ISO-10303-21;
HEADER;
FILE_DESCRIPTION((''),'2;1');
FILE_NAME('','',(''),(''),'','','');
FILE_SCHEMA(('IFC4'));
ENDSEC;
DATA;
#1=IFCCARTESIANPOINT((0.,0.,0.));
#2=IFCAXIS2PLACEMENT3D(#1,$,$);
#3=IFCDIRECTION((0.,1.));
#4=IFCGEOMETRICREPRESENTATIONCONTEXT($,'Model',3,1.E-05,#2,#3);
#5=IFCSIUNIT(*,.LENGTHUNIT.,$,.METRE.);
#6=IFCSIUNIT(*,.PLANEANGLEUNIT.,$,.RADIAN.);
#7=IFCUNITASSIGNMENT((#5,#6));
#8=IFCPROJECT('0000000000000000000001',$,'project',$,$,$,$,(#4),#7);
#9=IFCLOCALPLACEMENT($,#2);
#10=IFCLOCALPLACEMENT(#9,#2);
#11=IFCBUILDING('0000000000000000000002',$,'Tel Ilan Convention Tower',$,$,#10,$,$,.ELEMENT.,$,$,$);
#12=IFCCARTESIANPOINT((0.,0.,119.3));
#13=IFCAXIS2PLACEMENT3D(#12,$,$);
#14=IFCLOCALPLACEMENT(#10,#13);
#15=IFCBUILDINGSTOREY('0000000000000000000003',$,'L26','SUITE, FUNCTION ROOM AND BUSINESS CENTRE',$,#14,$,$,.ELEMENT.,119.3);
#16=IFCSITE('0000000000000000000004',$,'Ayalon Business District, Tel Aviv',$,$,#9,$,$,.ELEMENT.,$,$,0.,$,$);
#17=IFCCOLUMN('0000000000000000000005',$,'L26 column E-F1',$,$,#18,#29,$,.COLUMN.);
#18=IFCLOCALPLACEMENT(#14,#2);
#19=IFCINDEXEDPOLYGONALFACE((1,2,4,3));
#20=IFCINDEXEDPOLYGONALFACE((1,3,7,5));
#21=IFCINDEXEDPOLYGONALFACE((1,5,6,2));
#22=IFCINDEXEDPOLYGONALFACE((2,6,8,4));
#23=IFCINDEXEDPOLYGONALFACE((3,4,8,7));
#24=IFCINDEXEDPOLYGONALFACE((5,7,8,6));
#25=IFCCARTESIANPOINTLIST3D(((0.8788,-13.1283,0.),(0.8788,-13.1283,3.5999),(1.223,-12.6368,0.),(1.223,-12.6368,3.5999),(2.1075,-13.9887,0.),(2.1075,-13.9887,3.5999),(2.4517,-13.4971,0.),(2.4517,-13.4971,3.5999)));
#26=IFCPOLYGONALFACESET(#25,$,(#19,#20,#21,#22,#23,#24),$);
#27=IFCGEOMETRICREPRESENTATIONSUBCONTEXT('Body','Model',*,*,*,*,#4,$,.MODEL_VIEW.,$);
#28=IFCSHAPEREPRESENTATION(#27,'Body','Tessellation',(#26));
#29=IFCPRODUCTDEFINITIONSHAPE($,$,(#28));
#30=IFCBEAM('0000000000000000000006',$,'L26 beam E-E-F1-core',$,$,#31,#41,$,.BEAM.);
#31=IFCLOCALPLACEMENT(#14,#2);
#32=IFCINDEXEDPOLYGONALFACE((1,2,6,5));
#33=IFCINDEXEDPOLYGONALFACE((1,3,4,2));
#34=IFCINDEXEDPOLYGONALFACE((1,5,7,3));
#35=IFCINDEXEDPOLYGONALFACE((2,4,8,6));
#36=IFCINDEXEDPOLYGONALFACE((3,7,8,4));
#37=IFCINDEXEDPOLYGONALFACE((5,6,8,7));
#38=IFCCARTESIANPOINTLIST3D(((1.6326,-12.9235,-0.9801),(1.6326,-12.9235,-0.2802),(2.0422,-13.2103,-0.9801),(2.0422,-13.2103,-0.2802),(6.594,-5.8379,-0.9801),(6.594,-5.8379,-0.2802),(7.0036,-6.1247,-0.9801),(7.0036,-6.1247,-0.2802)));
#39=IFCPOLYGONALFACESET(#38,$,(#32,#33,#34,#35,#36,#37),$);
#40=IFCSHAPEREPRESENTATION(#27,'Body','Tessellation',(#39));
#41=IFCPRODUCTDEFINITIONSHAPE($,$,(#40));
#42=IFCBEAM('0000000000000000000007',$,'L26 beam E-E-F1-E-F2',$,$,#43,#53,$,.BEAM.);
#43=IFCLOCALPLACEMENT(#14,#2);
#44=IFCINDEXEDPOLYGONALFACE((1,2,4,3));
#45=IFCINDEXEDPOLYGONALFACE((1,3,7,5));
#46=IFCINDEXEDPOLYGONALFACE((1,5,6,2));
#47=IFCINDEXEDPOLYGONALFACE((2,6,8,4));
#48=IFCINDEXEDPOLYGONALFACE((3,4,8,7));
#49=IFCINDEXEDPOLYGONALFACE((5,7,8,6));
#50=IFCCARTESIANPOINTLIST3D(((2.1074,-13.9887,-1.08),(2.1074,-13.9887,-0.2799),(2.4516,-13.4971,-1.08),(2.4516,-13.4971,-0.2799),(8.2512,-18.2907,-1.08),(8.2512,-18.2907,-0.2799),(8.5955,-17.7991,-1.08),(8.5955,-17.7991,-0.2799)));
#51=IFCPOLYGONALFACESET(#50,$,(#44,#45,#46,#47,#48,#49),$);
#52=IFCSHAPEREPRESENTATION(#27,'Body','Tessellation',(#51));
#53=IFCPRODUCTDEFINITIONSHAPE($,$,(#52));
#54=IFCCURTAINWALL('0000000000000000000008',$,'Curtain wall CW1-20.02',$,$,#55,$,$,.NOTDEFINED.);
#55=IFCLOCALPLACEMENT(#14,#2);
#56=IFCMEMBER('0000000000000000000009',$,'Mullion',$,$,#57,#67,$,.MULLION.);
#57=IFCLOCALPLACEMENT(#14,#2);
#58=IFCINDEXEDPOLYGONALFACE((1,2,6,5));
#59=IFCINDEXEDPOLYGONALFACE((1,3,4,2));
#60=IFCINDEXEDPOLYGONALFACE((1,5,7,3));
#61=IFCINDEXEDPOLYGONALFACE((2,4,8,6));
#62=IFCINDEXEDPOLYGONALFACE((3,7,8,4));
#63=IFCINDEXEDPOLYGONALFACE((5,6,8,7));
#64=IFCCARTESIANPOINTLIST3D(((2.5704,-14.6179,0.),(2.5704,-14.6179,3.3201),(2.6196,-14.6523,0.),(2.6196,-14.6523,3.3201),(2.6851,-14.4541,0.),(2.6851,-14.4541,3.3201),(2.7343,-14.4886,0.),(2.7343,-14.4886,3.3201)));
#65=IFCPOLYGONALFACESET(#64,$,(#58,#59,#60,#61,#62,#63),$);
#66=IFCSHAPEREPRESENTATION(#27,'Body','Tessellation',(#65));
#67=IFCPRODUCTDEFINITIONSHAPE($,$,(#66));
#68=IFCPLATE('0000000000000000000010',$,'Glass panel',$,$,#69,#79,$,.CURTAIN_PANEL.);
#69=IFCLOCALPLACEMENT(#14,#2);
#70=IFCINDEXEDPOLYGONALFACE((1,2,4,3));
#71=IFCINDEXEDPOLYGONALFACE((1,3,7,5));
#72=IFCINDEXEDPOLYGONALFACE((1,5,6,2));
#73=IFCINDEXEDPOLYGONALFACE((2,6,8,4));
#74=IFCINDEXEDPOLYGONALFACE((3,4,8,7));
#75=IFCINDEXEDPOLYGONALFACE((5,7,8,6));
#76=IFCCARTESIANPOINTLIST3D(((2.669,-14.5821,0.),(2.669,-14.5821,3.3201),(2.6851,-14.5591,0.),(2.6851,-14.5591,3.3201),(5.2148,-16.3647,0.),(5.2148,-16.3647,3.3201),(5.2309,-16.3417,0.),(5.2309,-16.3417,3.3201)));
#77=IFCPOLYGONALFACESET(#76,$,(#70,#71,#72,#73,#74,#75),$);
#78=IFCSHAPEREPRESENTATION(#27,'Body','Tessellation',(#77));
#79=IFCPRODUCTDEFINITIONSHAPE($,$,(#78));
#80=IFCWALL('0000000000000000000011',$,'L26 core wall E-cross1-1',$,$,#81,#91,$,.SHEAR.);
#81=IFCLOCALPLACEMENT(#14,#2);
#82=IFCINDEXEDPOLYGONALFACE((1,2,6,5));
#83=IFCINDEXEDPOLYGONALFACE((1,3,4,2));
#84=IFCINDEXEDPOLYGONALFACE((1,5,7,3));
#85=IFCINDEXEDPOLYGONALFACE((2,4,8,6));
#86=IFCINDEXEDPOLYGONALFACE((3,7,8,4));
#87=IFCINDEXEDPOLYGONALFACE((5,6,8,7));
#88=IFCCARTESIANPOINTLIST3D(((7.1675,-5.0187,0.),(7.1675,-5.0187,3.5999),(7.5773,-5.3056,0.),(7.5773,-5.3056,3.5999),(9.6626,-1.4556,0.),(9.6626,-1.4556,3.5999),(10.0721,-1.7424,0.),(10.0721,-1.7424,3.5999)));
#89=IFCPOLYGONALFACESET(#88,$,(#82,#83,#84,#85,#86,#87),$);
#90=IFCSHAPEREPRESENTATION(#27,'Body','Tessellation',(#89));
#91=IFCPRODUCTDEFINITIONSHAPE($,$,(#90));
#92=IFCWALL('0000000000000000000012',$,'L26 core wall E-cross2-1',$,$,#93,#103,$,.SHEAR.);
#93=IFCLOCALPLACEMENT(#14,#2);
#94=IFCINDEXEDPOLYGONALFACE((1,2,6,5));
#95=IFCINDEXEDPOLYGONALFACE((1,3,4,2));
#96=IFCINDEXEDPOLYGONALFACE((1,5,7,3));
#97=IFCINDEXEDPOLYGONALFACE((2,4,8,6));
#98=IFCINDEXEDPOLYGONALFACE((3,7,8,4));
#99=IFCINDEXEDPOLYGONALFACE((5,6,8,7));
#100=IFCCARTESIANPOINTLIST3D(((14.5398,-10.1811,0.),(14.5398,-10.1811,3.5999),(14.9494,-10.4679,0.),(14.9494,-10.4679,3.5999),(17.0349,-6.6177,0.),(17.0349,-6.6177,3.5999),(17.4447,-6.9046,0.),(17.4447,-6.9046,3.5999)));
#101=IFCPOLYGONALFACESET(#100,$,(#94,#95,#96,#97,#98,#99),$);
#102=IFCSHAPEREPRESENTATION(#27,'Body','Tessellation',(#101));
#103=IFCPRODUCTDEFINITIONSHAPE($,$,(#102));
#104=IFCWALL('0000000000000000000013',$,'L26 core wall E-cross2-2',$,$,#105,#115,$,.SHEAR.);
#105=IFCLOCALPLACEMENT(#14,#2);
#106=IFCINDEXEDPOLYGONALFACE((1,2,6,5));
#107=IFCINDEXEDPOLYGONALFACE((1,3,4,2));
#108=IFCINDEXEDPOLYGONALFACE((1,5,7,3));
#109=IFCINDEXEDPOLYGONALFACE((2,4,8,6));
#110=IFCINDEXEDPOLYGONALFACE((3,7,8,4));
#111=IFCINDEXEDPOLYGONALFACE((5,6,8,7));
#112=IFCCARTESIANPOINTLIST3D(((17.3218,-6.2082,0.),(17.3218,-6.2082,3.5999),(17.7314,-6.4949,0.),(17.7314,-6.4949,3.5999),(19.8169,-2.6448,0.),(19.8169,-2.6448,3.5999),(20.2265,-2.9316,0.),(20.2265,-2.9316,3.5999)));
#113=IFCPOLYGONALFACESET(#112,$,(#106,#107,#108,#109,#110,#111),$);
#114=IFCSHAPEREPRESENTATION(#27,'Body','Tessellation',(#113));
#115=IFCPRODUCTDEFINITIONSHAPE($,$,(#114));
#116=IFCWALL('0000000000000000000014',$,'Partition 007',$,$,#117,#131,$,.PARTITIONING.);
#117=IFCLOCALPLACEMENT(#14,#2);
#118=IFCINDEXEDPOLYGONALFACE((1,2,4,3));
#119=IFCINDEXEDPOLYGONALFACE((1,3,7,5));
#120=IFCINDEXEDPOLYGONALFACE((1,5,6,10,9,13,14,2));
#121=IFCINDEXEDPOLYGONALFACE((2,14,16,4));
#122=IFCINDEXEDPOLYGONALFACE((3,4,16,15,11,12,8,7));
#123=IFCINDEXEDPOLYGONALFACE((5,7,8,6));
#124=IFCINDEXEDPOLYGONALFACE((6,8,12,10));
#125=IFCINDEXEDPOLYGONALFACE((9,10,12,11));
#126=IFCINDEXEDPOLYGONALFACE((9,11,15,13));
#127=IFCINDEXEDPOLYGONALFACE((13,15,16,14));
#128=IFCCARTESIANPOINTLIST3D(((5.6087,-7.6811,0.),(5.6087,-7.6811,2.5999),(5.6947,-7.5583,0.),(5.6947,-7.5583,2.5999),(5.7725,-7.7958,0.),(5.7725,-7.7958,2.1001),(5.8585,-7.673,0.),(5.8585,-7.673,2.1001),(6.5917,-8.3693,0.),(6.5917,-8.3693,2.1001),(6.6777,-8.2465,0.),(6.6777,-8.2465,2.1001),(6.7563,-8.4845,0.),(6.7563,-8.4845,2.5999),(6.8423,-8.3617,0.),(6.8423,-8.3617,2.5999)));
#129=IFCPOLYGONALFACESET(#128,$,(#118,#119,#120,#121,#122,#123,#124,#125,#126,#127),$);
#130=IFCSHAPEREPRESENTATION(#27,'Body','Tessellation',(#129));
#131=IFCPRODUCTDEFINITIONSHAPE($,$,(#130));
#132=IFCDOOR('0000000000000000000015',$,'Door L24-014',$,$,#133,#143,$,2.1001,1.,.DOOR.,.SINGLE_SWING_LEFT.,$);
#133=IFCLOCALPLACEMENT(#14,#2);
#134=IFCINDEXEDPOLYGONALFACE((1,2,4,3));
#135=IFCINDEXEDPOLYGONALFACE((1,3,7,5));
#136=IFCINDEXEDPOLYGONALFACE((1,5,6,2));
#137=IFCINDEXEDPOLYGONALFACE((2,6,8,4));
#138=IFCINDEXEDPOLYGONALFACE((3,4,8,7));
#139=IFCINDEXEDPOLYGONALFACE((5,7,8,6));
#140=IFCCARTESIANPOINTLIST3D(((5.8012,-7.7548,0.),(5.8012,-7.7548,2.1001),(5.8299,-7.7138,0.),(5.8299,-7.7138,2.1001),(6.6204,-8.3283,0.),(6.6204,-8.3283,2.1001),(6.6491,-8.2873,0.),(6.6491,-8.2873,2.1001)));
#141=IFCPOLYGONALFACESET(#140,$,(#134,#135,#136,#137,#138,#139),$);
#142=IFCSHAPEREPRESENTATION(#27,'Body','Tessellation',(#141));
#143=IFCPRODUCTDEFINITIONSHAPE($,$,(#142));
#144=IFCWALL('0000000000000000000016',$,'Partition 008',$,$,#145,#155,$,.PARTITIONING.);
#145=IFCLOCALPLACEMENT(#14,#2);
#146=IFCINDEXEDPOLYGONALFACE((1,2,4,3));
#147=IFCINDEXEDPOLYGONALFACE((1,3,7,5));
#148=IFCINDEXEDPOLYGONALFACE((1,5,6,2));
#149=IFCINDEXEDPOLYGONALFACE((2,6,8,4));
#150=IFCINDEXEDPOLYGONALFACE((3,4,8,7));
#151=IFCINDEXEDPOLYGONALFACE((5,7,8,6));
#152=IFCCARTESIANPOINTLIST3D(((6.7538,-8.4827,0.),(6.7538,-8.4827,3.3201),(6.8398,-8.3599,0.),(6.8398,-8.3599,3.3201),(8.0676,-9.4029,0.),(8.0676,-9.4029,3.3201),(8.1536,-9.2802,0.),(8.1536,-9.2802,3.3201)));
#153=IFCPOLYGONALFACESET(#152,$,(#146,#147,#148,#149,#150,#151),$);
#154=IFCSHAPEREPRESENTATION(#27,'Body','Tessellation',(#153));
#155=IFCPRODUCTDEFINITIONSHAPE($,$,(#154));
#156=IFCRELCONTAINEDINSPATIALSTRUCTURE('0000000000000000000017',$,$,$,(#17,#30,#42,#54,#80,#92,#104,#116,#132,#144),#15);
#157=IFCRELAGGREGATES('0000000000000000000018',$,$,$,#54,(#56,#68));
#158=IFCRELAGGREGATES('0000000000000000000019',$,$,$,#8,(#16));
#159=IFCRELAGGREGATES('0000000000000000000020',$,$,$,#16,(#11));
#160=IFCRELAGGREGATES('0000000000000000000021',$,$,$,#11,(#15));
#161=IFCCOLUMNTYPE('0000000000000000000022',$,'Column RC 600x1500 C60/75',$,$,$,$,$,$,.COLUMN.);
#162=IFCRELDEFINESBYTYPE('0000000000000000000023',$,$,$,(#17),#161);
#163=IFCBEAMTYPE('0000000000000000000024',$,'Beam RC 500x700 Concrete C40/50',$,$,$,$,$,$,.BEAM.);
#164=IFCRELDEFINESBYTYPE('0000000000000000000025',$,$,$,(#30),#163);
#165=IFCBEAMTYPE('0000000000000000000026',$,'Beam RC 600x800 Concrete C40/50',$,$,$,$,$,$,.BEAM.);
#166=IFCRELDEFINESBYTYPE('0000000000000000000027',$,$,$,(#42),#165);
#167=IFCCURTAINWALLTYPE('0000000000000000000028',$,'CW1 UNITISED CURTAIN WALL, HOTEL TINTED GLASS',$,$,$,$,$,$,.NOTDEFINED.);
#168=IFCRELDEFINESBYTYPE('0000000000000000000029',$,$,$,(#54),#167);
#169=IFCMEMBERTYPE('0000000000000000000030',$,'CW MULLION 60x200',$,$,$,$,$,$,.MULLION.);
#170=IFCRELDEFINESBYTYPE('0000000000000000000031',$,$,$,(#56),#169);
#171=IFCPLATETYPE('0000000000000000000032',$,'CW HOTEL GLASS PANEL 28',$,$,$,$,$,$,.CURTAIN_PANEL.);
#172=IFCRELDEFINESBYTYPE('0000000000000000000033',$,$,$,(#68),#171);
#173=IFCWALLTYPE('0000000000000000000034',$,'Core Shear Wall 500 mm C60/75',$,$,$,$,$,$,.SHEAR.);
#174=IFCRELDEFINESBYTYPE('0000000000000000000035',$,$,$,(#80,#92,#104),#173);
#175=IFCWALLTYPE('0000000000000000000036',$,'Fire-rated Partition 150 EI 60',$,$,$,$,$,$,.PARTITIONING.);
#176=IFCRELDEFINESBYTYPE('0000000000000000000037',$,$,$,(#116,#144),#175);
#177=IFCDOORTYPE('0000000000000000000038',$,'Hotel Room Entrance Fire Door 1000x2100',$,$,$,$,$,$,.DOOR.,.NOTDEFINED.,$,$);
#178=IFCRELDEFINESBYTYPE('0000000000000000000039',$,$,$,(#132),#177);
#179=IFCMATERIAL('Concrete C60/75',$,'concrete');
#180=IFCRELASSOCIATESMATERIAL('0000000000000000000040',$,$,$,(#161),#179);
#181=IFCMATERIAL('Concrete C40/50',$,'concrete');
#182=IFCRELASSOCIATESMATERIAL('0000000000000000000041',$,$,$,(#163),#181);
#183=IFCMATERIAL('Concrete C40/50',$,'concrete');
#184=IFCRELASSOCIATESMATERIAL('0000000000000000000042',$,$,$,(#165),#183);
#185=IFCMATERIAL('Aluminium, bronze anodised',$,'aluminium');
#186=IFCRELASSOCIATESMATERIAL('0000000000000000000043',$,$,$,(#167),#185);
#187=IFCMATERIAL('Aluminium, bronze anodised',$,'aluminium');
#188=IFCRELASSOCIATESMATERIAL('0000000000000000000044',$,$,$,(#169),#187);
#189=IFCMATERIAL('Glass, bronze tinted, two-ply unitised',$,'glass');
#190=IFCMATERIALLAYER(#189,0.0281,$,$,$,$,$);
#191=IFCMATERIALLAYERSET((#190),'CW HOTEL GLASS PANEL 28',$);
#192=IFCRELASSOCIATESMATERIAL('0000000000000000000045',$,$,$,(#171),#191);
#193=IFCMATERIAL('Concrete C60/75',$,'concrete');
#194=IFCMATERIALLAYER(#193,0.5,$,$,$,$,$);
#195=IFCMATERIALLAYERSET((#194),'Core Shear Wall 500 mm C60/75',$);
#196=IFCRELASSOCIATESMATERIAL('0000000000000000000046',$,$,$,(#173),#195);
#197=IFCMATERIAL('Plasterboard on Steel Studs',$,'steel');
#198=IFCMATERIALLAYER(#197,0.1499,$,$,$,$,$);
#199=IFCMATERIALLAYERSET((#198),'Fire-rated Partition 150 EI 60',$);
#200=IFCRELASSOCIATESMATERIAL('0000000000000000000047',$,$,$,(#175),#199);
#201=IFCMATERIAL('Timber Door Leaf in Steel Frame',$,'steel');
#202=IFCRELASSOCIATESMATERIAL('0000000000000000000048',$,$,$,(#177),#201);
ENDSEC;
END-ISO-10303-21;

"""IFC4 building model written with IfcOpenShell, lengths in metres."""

from ifc_helpers import new_model, si_unit, direction, frame, frame_2d, origin, origin_2d, place, context, subcontext, project, spatial, polyline, rectangle, outline, extrude, material, layer, layer_set, material_profile, profile_set, type_object, element, fill, aggregate, save


model = new_model("IFC4")

# Units and contexts
model_context = context("Model", 3, precision=1e-05, world=origin(), true_north=direction((0.0, 1.0)))
body_context = subcontext(model_context, "Body", "Model", "MODEL_VIEW")
ifc_project = project(units=[si_unit("LENGTHUNIT", "METRE"), si_unit("PLANEANGLEUNIT", "RADIAN")], contexts=[model_context])

# Site, building, storey
site_placement = place(None, origin())
site = spatial("IfcSite", under=ifc_project, at=site_placement, Name="Ayalon Business District, Tel Aviv", CompositionType="ELEMENT", RefElevation=0.0)
building_placement = place(site_placement, origin())
building = spatial("IfcBuilding", under=site, at=building_placement, Name="Tel Ilan Convention Tower", CompositionType="ELEMENT")
storey_placement = place(building_placement, frame((0.0, 0.0, 119.3)))
storey = spatial("IfcBuildingStorey", under=building, at=storey_placement, Name="L26", Description="SUITE, FUNCTION ROOM AND BUSINESS CENTRE", CompositionType="ELEMENT", Elevation=119.3)

# Column
ifc_material_1 = material(Name="Concrete C60/75", Category="concrete")
ifc_material_profile_1 = material_profile(ifc_material_1, rectangle(XDim=1.5, YDim=0.6001, at=origin_2d()), Name="RC 600x1500")
ifc_profile_set_1 = profile_set([ifc_material_profile_1], Name="Concrete C60/75")
column_type = type_object("IfcColumnType", Name="Column RC 600x1500 C60/75", PredefinedType="COLUMN", material=ifc_profile_set_1)
column_placement = place(storey_placement, frame((1.6653, -13.3127, 0.0), z_axis=(0.0, 0.0, 1.0), x_axis=(0.819152, -0.573576, 0.0)))
element("IfcColumn", 1, at=column_placement, inside=storey, type_object=column_type, Name="L26 column E-F1", PredefinedType="COLUMN", context=body_context, shape_type="SweptSolid", body=[
    extrude(rectangle(XDim=1.5, YDim=0.6001, at=origin_2d()), origin(), (0.0, 0.0, 1.0), 3.5999),
])

# Beams
ifc_material_2 = material(Name="Concrete C40/50", Category="concrete")
ifc_material_profile_2 = material_profile(ifc_material_2, rectangle(XDim=0.5, YDim=0.7, at=origin_2d()), Name="RC 500x700")
ifc_profile_set_2 = profile_set([ifc_material_profile_2], Name="Concrete C40/50")
beam_type_1 = type_object("IfcBeamType", Name="Beam RC 500x700 Concrete C40/50", PredefinedType="BEAM", material=ifc_profile_set_2)
beam_1_placement = place(storey_placement, frame((1.8374, -13.0669, -0.6301), z_axis=(0.573574, 0.819154, 0.0), x_axis=(-0.819154, 0.573574, 0.0)))
element("IfcBeam", 2, at=beam_1_placement, inside=storey, type_object=beam_type_1, Name="L26 beam E-E-F1-core", PredefinedType="BEAM", context=body_context, shape_type="SweptSolid", body=[
    extrude(rectangle(XDim=0.5, YDim=0.7, at=origin_2d()), origin(), (0.0, 0.0, 1.0), 8.6499),
])
ifc_material_3 = material(Name="Concrete C40/50", Category="concrete")
ifc_material_profile_3 = material_profile(ifc_material_3, rectangle(XDim=0.6001, YDim=0.8, at=origin_2d()), Name="RC 600x800")
ifc_profile_set_3 = profile_set([ifc_material_profile_3], Name="Concrete C40/50")
beam_type_2 = type_object("IfcBeamType", Name="Beam RC 600x800 Concrete C40/50", PredefinedType="BEAM", material=ifc_profile_set_3)
beam_2_placement = place(storey_placement, frame((2.2795, -13.7429, -0.6799), z_axis=(0.819148, -0.573582, 0.0), x_axis=(0.573582, 0.819148, 0.0)))
element("IfcBeam", 3, at=beam_2_placement, inside=storey, type_object=beam_type_2, Name="L26 beam E-E-F1-E-F2", PredefinedType="BEAM", context=body_context, shape_type="SweptSolid", body=[
    extrude(rectangle(XDim=0.6001, YDim=0.8, at=origin_2d()), origin(), (0.0, 0.0, 1.0), 7.5002),
])

# Curtain wall, member, plate
ifc_material_4 = material(Name="Aluminium, bronze anodised", Category="aluminium")
curtain_wall_type = type_object("IfcCurtainWallType", Name="CW1 UNITISED CURTAIN WALL, HOTEL TINTED GLASS", PredefinedType="NOTDEFINED", material=ifc_material_4)
curtain_wall_placement = place(storey_placement, origin())
curtain_wall = element("IfcCurtainWall", 4, at=curtain_wall_placement, inside=storey, type_object=curtain_wall_type, Name="Curtain wall CW1-20.02", PredefinedType="NOTDEFINED")
ifc_material_5 = material(Name="Aluminium, bronze anodised", Category="aluminium")
ifc_material_profile_4 = material_profile(ifc_material_5, rectangle(XDim=0.0601, YDim=0.2, at=origin_2d()), Name="CW MULLION 60x200")
ifc_profile_set_4 = profile_set([ifc_material_profile_4], Name="Aluminium, bronze anodised")
member_type = type_object("IfcMemberType", Name="CW MULLION 60x200", PredefinedType="MULLION", material=ifc_profile_set_4)
member_placement = place(storey_placement, frame((2.6523, -14.5532, 0.0), z_axis=(0.0, 0.0, 1.0), x_axis=(0.819152, -0.573576, 0.0)))
member = element("IfcMember", 5, at=member_placement, type_object=member_type, Name="Mullion", PredefinedType="MULLION", context=body_context, shape_type="SweptSolid", body=[
    extrude(rectangle(XDim=0.0601, YDim=0.2, at=origin_2d()), origin(), (0.0, 0.0, 1.0), 3.3201),
])
ifc_material_6 = material(Name="Glass, bronze tinted, two-ply unitised", Category="glass")
ifc_layer_1 = layer(ifc_material_6, 0.0281)
ifc_layer_set_1 = layer_set([ifc_layer_1], Name="CW HOTEL GLASS PANEL 28")
plate_type = type_object("IfcPlateType", Name="CW HOTEL GLASS PANEL 28", PredefinedType="CURTAIN_PANEL", material=ifc_layer_set_1)
plate_placement = place(storey_placement, frame((3.95, -15.4619, 0.0), z_axis=(0.0, 0.0, 1.0), x_axis=(0.819152, -0.573576, 0.0)))
plate = element("IfcPlate", 6, at=plate_placement, type_object=plate_type, Name="Glass panel", PredefinedType="CURTAIN_PANEL", context=body_context, shape_type="SweptSolid", body=[
    extrude(rectangle(XDim=3.1079, YDim=0.0281, at=origin_2d()), origin(), (0.0, 0.0, 1.0), 3.3201),
])
aggregate(curtain_wall, [member, plate])

# Walls
ifc_material_7 = material(Name="Concrete C60/75", Category="concrete")
ifc_layer_2 = layer(ifc_material_7, 0.5)
ifc_layer_set_2 = layer_set([ifc_layer_2], Name="Core Shear Wall 500 mm C60/75")
wall_type_1 = type_object("IfcWallType", Name="Core Shear Wall 500 mm C60/75", PredefinedType="SHEAR", material=ifc_layer_set_2)
wall_1_placement = place(storey_placement, frame((7.3723, -5.1621, 0.0), z_axis=(0.0, 0.0, 1.0), x_axis=(0.573594, 0.81914, 0.0)))
element("IfcWall", 7, at=wall_1_placement, inside=storey, type_object=wall_type_1, Name="L26 core wall E-cross1-1", PredefinedType="SHEAR", context=body_context, shape_type="SweptSolid", body=[
    extrude(outline(polyline([(0.0, 0.25), (0.0, -0.2502), (4.3499, -0.25), (4.3499, 0.25), (0.0, 0.25)])), origin(), (0.0, 0.0, 1.0), 3.5999),
])
wall_2_placement = place(storey_placement, frame((14.7446, -10.3245, 0.0), z_axis=(0.0, 0.0, 1.0), x_axis=(0.573568, 0.819158, 0.0)))
element("IfcWall", 8, at=wall_2_placement, inside=storey, type_object=wall_type_1, Name="L26 core wall E-cross2-1", PredefinedType="SHEAR", context=body_context, shape_type="SweptSolid", body=[
    extrude(outline(polyline([(0.0, 0.25), (0.0, -0.25), (4.3501, -0.2502), (4.3501, 0.25), (0.0, 0.25)])), origin(), (0.0, 0.0, 1.0), 3.5999),
])
wall_3_placement = place(storey_placement, frame((17.5266, -6.3516, 0.0), z_axis=(0.0, 0.0, 1.0), x_axis=(0.57353, 0.819184, 0.0)))
element("IfcWall", 9, at=wall_3_placement, inside=storey, type_object=wall_type_1, Name="L26 core wall E-cross2-2", PredefinedType="SHEAR", context=body_context, shape_type="SweptSolid", body=[
    extrude(outline(polyline([(4.3501, -0.2502), (4.3501, 0.2498), (0.0, 0.25), (0.0, -0.25), (4.3501, -0.2502)])), origin(), (0.0, 0.0, 1.0), 3.5999),
])

# Wall, opening, door
ifc_material_8 = material(Name="Plasterboard on Steel Studs", Category="steel")
ifc_layer_3 = layer(ifc_material_8, 0.1499)
ifc_layer_set_3 = layer_set([ifc_layer_3], Name="Fire-rated Partition 150 EI 60")
wall_type_2 = type_object("IfcWallType", Name="Fire-rated Partition 150 EI 60", PredefinedType="PARTITIONING", material=ifc_layer_set_3)
wall_4_placement = place(storey_placement, frame((6.7993, -8.4231, 0.0), z_axis=(0.0, 0.0, 1.0), x_axis=(-0.819207, 0.573497, 0.0)))
wall_4 = element("IfcWall", 10, at=wall_4_placement, inside=storey, type_object=wall_type_2, Name="Partition 007", PredefinedType="PARTITIONING", context=body_context, shape_type="SweptSolid", body=[
    extrude(rectangle(XDim=1.4009, YDim=0.1499, at=frame_2d((0.7004, 0.0))), origin(), (0.0, 0.0, 1.0), 2.5999),
])
opening_1_placement = place(wall_4_placement, frame((0.2009, 0.0, 0.0)))
opening_1 = element("IfcOpeningElement", 11, at=opening_1_placement, cuts=wall_4, PredefinedType="OPENING", context=body_context, shape_type="SweptSolid", body=[
    extrude(rectangle(XDim=1.0, YDim=2.1001, at=frame_2d((0.5, 1.05))), frame((0.0, 0.085, 0.0), z_axis=(0.0, -1.0, 0.0), x_axis=(1.0, 0.0, 0.0)), (0.0, 0.0, 1.0), 0.1699),
])
ifc_material_9 = material(Name="Timber Door Leaf in Steel Frame", Category="steel")
door_type_1 = type_object("IfcDoorType", Name="Hotel Room Entrance Fire Door 1000x2100", OperationType="NOTDEFINED", PredefinedType="DOOR", material=ifc_material_9)
door_1_placement = place(opening_1_placement, origin())
door_1 = element("IfcDoor", 12, at=door_1_placement, inside=storey, type_object=door_type_1, Name="Door L24-014", OperationType="SINGLE_SWING_LEFT", OverallHeight=2.1001, OverallWidth=1.0, PredefinedType="DOOR", context=body_context, shape_type="SweptSolid", body=[
    extrude(rectangle(XDim=1.0, YDim=2.1001, at=frame_2d((0.5, 1.05))), frame((0.0, 0.0249, 0.0), z_axis=(0.0, -1.0, 0.0), x_axis=(1.0, 0.0, 0.0)), (0.0, 0.0, 1.0), 0.05),
])
fill(opening_1, door_1)

# Wall
wall_5_placement = place(storey_placement, frame((8.1106, -9.3416, 0.0), z_axis=(0.0, 0.0, 1.0), x_axis=(-0.819067, 0.573697, 0.0)))
element("IfcWall", 13, at=wall_5_placement, inside=storey, type_object=wall_type_2, Name="Partition 008", PredefinedType="PARTITIONING", context=body_context, shape_type="SweptSolid", body=[
    extrude(rectangle(XDim=1.604, YDim=0.1499, at=frame_2d((0.802, 0.0))), origin(), (0.0, 0.0, 1.0), 3.3201),
])

save(model, "model.ifc")
